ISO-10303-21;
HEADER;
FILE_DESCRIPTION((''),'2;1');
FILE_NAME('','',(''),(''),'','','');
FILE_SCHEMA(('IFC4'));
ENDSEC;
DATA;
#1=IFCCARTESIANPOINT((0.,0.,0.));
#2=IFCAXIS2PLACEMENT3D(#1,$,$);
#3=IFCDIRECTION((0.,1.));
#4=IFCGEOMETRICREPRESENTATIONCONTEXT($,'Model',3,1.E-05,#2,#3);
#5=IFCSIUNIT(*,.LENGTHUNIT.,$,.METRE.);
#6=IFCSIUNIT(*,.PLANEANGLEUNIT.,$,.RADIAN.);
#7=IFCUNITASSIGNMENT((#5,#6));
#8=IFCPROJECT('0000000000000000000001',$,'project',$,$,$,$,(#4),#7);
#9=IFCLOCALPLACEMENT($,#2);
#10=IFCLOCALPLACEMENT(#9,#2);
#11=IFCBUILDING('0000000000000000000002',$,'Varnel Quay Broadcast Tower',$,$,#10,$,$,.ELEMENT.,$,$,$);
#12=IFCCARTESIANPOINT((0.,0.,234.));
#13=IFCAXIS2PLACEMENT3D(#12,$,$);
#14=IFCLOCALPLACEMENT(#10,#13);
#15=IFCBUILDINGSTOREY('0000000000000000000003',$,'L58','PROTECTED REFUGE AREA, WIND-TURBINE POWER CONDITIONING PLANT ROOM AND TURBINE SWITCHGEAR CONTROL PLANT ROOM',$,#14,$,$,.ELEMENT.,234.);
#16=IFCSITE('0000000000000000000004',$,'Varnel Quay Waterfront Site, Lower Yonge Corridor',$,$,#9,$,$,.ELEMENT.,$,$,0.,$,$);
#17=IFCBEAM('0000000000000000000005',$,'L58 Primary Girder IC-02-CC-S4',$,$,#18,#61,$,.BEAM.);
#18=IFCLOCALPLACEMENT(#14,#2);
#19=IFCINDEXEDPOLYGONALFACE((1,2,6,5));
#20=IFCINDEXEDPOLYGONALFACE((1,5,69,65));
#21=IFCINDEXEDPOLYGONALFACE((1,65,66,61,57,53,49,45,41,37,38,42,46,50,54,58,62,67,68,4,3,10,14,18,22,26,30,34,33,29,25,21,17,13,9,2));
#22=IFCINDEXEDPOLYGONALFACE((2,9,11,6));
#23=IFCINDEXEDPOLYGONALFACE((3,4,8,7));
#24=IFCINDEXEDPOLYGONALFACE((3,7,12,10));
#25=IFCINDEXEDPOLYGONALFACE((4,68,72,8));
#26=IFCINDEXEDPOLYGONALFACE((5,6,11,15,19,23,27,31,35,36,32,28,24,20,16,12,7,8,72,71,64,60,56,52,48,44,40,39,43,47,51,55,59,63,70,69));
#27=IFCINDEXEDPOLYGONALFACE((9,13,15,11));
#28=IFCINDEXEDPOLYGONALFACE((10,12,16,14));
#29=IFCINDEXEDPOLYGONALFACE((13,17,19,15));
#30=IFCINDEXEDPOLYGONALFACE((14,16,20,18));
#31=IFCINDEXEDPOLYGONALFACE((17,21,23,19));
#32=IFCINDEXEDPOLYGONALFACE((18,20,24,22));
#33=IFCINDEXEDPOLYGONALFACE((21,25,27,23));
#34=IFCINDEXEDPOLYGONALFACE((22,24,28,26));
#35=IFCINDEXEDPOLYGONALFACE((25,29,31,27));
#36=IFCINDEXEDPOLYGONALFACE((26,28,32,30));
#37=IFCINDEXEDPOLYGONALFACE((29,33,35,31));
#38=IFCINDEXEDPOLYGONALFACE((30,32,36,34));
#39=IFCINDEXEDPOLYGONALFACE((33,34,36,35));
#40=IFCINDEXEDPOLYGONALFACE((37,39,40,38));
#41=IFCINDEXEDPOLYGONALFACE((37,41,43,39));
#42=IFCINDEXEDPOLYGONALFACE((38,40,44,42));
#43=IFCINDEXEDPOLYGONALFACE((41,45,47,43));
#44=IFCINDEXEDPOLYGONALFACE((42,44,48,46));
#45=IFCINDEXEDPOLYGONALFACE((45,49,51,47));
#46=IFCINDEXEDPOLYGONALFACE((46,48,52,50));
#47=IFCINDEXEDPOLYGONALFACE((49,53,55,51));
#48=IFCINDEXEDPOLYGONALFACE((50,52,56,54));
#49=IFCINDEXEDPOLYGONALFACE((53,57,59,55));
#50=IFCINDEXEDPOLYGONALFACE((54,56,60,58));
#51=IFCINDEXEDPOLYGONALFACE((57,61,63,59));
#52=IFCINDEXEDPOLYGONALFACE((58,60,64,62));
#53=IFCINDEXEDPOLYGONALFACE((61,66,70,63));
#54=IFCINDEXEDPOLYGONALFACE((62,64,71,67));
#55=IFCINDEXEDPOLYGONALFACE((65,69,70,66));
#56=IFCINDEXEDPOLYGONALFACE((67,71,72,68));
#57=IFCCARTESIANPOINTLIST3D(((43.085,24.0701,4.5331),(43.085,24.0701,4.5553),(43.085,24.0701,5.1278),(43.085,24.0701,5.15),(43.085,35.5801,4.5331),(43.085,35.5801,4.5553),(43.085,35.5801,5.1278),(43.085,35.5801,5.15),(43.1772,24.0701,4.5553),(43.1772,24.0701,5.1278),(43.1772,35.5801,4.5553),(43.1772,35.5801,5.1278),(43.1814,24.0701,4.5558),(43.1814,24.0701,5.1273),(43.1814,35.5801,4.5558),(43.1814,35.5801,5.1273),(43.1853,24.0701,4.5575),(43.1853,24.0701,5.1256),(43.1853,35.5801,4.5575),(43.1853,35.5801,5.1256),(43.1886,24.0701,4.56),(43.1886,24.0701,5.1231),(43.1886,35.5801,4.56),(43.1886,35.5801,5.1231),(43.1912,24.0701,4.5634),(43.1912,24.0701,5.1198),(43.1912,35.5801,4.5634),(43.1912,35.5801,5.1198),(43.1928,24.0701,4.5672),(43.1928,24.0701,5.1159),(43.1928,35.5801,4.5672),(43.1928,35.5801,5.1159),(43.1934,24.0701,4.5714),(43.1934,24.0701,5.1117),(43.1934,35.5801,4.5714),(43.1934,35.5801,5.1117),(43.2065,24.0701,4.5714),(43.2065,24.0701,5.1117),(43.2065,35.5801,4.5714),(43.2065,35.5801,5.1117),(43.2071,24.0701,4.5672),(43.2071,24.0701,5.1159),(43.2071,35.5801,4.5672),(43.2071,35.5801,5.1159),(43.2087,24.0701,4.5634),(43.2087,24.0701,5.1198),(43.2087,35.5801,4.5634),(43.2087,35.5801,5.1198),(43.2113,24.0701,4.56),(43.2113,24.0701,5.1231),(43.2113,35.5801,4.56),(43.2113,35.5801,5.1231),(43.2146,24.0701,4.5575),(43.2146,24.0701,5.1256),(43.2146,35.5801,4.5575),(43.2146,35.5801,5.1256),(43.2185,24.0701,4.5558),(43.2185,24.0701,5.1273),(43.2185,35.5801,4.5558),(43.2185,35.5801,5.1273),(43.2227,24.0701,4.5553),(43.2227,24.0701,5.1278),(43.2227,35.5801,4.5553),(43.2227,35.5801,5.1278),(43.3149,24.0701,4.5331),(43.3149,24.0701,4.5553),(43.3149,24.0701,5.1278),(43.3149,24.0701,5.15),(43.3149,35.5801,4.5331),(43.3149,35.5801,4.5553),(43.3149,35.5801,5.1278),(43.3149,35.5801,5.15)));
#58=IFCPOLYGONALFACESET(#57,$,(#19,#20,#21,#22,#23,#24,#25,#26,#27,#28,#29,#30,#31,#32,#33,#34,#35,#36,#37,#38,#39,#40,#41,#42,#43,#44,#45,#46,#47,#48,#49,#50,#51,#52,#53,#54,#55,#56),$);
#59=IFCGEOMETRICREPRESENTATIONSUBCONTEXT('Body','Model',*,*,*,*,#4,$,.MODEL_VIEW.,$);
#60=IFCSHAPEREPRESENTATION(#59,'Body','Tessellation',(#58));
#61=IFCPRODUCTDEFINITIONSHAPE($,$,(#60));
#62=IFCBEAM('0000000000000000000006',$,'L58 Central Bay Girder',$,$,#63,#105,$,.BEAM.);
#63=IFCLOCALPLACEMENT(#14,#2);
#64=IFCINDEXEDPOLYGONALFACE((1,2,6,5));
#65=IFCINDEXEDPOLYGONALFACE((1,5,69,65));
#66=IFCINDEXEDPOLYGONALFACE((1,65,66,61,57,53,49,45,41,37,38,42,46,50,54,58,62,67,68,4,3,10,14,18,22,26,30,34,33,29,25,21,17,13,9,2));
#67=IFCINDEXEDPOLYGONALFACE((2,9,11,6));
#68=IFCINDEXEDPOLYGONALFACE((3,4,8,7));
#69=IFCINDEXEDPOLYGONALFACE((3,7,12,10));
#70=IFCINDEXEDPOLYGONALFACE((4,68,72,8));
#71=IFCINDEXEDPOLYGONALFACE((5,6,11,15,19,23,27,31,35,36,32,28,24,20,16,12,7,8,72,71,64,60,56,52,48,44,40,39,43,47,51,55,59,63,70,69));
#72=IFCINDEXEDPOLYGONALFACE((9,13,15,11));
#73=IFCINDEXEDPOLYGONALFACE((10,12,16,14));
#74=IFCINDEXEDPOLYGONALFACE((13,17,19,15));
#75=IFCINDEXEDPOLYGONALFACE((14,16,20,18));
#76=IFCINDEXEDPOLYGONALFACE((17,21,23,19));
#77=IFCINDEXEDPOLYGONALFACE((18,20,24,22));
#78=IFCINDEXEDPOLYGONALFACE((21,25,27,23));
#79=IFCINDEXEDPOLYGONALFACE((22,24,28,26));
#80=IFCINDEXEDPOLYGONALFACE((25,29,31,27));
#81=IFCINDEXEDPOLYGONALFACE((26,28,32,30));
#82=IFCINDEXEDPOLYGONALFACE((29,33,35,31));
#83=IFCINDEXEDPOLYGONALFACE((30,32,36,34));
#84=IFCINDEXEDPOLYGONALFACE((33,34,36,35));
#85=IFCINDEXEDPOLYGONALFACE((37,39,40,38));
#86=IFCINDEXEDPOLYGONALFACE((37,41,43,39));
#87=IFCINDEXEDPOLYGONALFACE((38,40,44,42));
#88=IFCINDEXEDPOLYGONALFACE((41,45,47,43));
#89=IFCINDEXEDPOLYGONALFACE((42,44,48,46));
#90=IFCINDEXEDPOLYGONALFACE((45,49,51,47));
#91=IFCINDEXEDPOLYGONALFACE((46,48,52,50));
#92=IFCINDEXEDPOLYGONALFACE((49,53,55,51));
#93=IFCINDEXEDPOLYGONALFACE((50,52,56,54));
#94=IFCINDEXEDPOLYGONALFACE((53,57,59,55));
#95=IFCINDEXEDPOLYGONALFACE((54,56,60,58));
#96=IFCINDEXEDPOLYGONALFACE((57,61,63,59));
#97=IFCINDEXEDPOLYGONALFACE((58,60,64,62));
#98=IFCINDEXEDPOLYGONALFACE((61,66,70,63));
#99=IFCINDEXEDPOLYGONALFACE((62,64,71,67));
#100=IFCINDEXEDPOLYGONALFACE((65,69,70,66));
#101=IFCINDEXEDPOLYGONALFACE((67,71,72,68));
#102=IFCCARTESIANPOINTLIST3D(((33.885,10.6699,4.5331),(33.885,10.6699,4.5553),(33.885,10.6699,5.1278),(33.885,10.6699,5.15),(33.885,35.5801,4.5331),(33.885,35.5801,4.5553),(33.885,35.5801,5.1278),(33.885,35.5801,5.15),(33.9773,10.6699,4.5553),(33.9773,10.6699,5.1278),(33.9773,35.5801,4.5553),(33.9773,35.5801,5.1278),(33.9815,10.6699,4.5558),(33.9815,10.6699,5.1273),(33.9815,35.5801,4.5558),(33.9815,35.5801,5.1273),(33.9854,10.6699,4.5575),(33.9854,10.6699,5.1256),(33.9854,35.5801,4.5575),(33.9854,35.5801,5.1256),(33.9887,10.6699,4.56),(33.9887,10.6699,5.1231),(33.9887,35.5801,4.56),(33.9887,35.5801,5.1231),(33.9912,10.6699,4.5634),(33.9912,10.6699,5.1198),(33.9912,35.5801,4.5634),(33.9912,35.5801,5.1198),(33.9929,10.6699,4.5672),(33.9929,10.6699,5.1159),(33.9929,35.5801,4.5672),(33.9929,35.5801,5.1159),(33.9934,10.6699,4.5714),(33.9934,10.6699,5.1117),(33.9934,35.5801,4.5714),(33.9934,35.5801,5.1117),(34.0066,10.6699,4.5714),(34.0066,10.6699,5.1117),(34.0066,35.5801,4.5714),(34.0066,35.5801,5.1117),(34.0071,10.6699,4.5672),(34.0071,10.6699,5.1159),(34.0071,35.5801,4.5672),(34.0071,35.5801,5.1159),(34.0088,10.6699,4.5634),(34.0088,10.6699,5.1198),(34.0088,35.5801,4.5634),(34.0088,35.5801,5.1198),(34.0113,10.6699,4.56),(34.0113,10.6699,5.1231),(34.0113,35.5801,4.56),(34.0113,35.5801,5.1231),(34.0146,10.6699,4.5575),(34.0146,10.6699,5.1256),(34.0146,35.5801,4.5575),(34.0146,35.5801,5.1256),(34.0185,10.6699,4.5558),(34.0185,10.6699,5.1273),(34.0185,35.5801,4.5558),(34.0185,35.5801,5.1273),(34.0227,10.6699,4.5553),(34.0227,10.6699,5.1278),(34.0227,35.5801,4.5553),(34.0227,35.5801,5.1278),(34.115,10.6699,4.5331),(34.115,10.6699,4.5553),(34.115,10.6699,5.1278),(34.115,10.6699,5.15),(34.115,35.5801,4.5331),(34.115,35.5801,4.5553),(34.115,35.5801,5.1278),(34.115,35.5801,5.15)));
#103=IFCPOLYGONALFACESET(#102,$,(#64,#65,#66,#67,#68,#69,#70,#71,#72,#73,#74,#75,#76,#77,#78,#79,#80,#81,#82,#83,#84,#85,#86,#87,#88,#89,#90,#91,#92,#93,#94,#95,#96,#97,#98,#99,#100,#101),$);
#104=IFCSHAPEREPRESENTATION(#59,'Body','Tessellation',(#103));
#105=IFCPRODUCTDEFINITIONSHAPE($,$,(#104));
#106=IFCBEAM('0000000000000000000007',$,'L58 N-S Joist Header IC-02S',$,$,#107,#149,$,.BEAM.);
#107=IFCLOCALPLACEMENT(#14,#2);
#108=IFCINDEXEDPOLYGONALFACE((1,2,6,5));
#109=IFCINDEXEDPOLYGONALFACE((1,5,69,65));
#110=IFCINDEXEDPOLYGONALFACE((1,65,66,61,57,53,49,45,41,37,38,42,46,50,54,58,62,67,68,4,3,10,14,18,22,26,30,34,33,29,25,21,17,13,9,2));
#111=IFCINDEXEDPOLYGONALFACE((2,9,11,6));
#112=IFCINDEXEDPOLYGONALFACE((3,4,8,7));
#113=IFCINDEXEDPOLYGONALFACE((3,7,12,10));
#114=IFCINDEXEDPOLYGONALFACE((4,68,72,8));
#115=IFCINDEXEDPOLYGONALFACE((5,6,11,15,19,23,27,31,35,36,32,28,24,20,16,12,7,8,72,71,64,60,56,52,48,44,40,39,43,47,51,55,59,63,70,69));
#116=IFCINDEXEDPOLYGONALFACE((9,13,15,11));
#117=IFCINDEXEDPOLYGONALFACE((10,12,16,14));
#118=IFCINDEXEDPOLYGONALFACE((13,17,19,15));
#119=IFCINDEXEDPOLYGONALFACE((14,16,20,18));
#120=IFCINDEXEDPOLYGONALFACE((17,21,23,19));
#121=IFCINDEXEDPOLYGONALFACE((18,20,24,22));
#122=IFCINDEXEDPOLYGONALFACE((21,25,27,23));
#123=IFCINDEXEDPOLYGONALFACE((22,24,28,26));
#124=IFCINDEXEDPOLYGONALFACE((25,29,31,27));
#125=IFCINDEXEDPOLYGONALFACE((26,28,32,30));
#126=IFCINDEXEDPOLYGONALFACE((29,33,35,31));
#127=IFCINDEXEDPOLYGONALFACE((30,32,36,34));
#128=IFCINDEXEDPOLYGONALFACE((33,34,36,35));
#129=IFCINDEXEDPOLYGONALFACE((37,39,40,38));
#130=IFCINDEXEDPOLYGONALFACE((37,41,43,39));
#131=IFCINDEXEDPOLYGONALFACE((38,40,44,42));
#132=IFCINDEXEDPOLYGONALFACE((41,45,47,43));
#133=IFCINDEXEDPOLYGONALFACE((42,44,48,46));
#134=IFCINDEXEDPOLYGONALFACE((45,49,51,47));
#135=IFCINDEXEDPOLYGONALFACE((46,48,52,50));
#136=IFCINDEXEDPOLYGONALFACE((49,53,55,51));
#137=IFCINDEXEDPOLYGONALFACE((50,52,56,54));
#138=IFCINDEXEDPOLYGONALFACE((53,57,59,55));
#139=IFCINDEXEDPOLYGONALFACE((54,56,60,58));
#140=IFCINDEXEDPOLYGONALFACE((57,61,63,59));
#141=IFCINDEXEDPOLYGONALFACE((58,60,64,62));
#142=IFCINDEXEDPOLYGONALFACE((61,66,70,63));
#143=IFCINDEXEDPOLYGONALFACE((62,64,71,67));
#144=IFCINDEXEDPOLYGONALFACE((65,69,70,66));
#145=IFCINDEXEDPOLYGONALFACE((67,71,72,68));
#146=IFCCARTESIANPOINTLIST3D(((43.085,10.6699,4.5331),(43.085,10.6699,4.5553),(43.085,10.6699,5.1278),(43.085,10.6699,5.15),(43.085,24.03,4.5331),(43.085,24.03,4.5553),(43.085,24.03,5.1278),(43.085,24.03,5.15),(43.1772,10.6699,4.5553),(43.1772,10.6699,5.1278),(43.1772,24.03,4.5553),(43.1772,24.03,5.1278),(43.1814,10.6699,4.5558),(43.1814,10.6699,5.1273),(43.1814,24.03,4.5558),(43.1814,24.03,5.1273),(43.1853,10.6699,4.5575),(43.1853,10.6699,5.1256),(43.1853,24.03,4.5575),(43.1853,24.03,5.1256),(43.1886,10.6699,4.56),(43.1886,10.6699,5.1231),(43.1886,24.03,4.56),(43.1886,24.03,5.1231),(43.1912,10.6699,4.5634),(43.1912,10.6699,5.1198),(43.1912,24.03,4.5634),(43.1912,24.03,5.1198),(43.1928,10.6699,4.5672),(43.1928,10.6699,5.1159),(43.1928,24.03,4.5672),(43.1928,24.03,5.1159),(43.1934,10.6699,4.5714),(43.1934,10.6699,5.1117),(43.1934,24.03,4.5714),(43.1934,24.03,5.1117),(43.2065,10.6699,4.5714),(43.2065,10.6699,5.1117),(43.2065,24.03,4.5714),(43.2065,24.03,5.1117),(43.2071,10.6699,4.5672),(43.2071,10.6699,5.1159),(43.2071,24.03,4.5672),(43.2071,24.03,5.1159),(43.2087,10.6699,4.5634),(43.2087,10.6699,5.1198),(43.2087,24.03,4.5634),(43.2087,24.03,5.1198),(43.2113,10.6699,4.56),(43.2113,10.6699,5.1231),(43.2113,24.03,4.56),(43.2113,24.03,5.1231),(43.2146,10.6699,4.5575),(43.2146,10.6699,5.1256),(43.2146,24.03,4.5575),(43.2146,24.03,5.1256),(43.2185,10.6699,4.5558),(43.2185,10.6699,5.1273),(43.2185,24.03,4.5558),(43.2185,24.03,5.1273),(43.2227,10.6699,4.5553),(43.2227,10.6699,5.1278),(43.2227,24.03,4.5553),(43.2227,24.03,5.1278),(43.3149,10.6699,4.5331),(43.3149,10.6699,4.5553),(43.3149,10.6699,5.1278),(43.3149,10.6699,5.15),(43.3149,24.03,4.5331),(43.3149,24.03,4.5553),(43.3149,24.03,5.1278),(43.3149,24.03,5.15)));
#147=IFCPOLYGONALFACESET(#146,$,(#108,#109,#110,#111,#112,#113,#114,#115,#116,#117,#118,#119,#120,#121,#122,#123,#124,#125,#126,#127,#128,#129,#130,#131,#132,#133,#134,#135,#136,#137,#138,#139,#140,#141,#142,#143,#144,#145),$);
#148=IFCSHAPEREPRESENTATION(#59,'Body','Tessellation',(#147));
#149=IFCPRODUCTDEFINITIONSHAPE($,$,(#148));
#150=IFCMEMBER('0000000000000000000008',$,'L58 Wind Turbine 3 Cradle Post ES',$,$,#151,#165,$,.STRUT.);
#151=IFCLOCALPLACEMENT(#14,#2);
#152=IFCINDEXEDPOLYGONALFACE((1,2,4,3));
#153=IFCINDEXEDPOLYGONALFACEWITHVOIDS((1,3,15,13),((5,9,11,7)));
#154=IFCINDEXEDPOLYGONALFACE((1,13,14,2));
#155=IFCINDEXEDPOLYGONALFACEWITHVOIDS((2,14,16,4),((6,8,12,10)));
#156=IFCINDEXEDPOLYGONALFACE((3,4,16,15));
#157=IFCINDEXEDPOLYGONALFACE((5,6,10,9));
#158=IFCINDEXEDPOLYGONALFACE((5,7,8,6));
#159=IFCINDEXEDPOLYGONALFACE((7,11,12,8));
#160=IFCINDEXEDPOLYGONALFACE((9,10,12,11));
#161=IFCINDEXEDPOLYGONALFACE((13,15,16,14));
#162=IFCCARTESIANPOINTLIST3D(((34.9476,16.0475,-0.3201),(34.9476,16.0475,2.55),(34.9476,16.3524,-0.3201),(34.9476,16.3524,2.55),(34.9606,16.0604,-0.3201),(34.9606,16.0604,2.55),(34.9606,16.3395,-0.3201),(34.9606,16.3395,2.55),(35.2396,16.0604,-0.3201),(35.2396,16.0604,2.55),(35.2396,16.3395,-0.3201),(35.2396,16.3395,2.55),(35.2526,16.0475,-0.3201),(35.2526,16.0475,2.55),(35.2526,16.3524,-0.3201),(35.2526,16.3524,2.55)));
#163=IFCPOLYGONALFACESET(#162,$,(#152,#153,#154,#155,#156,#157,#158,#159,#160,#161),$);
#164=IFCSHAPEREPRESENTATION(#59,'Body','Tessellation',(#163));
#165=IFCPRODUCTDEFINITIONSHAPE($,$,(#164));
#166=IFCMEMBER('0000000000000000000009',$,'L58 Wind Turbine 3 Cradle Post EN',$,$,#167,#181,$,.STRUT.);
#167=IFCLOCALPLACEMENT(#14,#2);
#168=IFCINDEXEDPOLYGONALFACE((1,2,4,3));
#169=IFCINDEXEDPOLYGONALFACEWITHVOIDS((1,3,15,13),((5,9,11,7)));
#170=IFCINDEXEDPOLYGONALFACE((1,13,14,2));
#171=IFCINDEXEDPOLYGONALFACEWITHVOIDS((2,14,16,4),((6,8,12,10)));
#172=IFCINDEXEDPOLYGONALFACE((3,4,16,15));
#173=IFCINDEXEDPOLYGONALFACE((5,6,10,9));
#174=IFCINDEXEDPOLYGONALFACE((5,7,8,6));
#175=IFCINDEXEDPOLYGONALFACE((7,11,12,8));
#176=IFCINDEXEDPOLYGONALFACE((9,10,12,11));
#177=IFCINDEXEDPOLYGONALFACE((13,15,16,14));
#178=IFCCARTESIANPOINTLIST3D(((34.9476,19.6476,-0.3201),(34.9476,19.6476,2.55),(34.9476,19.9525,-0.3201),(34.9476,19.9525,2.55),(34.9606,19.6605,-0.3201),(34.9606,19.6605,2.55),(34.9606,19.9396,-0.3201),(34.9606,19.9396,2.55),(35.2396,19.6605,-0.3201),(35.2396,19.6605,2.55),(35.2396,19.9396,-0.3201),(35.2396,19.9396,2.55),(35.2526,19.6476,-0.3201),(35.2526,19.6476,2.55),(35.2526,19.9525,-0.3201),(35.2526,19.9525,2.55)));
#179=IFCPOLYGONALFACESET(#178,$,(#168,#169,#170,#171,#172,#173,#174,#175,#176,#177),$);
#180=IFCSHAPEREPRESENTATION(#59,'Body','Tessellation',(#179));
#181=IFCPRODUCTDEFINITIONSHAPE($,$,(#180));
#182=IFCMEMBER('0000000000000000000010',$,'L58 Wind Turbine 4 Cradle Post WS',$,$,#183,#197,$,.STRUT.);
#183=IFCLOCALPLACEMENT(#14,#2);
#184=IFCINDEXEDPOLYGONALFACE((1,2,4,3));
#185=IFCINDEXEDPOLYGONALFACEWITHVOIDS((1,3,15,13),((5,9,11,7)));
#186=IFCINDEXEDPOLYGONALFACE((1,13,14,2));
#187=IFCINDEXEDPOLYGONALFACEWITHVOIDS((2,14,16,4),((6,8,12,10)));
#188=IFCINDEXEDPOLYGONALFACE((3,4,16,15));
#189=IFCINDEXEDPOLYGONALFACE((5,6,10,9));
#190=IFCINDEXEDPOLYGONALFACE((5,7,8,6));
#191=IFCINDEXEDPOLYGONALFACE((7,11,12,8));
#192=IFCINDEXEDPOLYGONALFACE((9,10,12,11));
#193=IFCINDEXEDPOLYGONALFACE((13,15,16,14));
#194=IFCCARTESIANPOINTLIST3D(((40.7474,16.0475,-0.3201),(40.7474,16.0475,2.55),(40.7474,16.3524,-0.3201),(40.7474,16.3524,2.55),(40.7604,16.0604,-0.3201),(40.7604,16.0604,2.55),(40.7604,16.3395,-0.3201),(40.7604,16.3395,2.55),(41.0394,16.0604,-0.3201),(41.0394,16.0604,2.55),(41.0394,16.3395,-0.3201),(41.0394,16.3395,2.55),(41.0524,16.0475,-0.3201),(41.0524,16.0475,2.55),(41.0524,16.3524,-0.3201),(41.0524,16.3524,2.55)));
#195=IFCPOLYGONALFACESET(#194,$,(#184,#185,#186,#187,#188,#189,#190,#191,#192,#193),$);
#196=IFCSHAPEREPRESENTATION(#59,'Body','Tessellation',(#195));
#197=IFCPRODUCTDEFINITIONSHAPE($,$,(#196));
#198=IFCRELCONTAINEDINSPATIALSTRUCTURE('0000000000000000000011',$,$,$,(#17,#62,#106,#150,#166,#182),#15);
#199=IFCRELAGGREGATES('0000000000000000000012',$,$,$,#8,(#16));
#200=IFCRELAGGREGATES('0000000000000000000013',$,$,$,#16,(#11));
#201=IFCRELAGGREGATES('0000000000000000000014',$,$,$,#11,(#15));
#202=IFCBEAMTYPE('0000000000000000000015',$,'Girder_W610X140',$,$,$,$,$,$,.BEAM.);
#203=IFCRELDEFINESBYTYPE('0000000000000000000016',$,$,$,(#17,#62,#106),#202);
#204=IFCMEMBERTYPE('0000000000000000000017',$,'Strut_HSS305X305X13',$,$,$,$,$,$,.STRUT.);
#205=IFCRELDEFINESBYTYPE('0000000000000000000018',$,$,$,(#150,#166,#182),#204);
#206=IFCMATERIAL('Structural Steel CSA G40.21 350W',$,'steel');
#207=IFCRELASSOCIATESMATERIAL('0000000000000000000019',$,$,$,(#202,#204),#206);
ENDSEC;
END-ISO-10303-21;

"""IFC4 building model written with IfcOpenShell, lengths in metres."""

from ifc_helpers import new_model, si_unit, direction, frame, origin, origin_2d, place, context, subcontext, project, spatial, hollow_rectangle, i_section, extrude, source, transform, mapped, material, material_profile, profile_set, type_object, type_shapes, element, save


model = new_model("IFC4")

# Units and contexts
model_context = context("Model", 3, precision=1e-05, world=origin(), true_north=direction((0.0, 1.0)))
body_context = subcontext(model_context, "Body", "Model", "MODEL_VIEW")
ifc_project = project(units=[si_unit("LENGTHUNIT", "METRE"), si_unit("PLANEANGLEUNIT", "RADIAN")], contexts=[model_context])

# Site, building, storey
site_placement = place(None, origin())
site = spatial("IfcSite", under=ifc_project, at=site_placement, Name="Varnel Quay Waterfront Site, Lower Yonge Corridor", CompositionType="ELEMENT", RefElevation=0.0)
building_placement = place(site_placement, origin())
building = spatial("IfcBuilding", under=site, at=building_placement, Name="Varnel Quay Broadcast Tower", CompositionType="ELEMENT")
storey_placement = place(building_placement, frame((0.0, 0.0, 234.0)))
storey = spatial("IfcBuildingStorey", under=building, at=storey_placement, Name="L58", Description="PROTECTED REFUGE AREA, WIND-TURBINE POWER CONDITIONING PLANT ROOM AND TURBINE SWITCHGEAR CONTROL PLANT ROOM", CompositionType="ELEMENT", Elevation=234.0)

# Shared definitions
ifc_material_1 = material(Name="Structural Steel CSA G40.21 350W", Category="steel")

# Beams
ifc_material_profile_1 = material_profile(ifc_material_1, i_section(OverallWidth=0.23, OverallDepth=0.6169, WebThickness=0.0132, FlangeThickness=0.0222, FilletRadius=0.0161, at=origin_2d()), Name="W610X140")
ifc_profile_set_1 = profile_set([ifc_material_profile_1], Name="Structural Steel CSA G40.21 350W")
beam_type_1 = type_object("IfcBeamType", Name="Girder_W610X140", PredefinedType="BEAM", material=ifc_profile_set_1)
shared_shape_1 = source(origin(), body_context, "Body", "SweptSolid", [
    extrude(i_section(OverallWidth=0.23, OverallDepth=0.6169, WebThickness=0.0132, FlangeThickness=0.0222, FilletRadius=0.0161, at=origin_2d()), origin(), (0.0, 0.0, 1.0), 11.51),
])
beam_1_placement = place(storey_placement, frame((43.2, 24.0701, 4.8416), z_axis=(0.0, 1.0, 0.0), x_axis=(-1.0, 0.0, 0.0)))
element("IfcBeam", 1, at=beam_1_placement, inside=storey, type_object=beam_type_1, Name="L58 Primary Girder IC-02-CC-S4", PredefinedType="BEAM", context=body_context, shape_type="MappedRepresentation", body=[
    mapped(shared_shape_1, transform((0.0, 0.0, 0.0), x_axis=(1.0, 0.0, 0.0), y_axis=(0.0, 1.0, 0.0), z_axis=(0.0, 0.0, 1.0), scale=1.0)),
])
shared_shape_2 = source(origin(), body_context, "Body", "SweptSolid", [
    extrude(i_section(OverallWidth=0.23, OverallDepth=0.6169, WebThickness=0.0132, FlangeThickness=0.0222, FilletRadius=0.0161, at=origin_2d()), origin(), (0.0, 0.0, 1.0), 24.9102),
])
beam_2_placement = place(storey_placement, frame((34.0, 10.6699, 4.8416), z_axis=(0.0, 1.0, 0.0), x_axis=(-1.0, 0.0, 0.0)))
element("IfcBeam", 2, at=beam_2_placement, inside=storey, type_object=beam_type_1, Name="L58 Central Bay Girder", PredefinedType="BEAM", context=body_context, shape_type="MappedRepresentation", body=[
    mapped(shared_shape_2, transform((0.0, 0.0, 0.0), x_axis=(1.0, 0.0, 0.0), y_axis=(0.0, 1.0, 0.0), z_axis=(0.0, 0.0, 1.0), scale=1.0)),
])
shared_shape_3 = source(origin(), body_context, "Body", "SweptSolid", [
    extrude(i_section(OverallWidth=0.23, OverallDepth=0.6169, WebThickness=0.0132, FlangeThickness=0.0222, FilletRadius=0.0161, at=origin_2d()), origin(), (0.0, 0.0, 1.0), 13.3601),
])
type_shapes(beam_type_1, [shared_shape_1, shared_shape_2, shared_shape_3])
beam_3_placement = place(storey_placement, frame((43.2, 10.6699, 4.8416), z_axis=(0.0, 1.0, 0.0), x_axis=(-1.0, 0.0, 0.0)))
element("IfcBeam", 3, at=beam_3_placement, inside=storey, type_object=beam_type_1, Name="L58 N-S Joist Header IC-02S", PredefinedType="BEAM", context=body_context, shape_type="MappedRepresentation", body=[
    mapped(shared_shape_3, transform((0.0, 0.0, 0.0), x_axis=(1.0, 0.0, 0.0), y_axis=(0.0, 1.0, 0.0), z_axis=(0.0, 0.0, 1.0), scale=1.0)),
])

# Members
ifc_material_profile_2 = material_profile(ifc_material_1, hollow_rectangle(XDim=0.3049, YDim=0.3049, WallThickness=0.0129, at=origin_2d()), Name="HSS305X305X13")
ifc_profile_set_2 = profile_set([ifc_material_profile_2], Name="Structural Steel CSA G40.21 350W")
member_type_1 = type_object("IfcMemberType", Name="Strut_HSS305X305X13", PredefinedType="STRUT", material=ifc_profile_set_2)
shared_shape_4 = source(origin(), body_context, "Body", "SweptSolid", [
    extrude(hollow_rectangle(XDim=0.3049, YDim=0.3049, WallThickness=0.0129, at=origin_2d()), origin(), (0.0, 0.0, 1.0), 2.8701),
])
type_shapes(member_type_1, [shared_shape_4])
for number, where, z_axis, x_axis, name in (
    (4, (35.1001, 16.2, -0.3201), (0.0, 0.0, 1.0), (1.0, 0.0, 0.0), "L58 Wind Turbine 3 Cradle Post ES"),
    (5, (35.1001, 19.8, -0.3201), (0.0, 0.0, 1.0), (1.0, 0.0, 0.0), "L58 Wind Turbine 3 Cradle Post EN"),
    (6, (40.8999, 16.2, -0.3201), (0.0, 0.0, 1.0), (1.0, 0.0, 0.0), "L58 Wind Turbine 4 Cradle Post WS"),
):
    element("IfcMember", number, at=place(storey_placement, frame(where, z_axis=z_axis, x_axis=x_axis)), inside=storey, type_object=member_type_1, Name=name, PredefinedType="STRUT", context=body_context, shape_type="MappedRepresentation", body=[
        mapped(shared_shape_4, transform((0.0, 0.0, 0.0), x_axis=(1.0, 0.0, 0.0), y_axis=(0.0, 1.0, 0.0), z_axis=(0.0, 0.0, 1.0), scale=1.0)),
    ])

save(model, "model.ifc")
